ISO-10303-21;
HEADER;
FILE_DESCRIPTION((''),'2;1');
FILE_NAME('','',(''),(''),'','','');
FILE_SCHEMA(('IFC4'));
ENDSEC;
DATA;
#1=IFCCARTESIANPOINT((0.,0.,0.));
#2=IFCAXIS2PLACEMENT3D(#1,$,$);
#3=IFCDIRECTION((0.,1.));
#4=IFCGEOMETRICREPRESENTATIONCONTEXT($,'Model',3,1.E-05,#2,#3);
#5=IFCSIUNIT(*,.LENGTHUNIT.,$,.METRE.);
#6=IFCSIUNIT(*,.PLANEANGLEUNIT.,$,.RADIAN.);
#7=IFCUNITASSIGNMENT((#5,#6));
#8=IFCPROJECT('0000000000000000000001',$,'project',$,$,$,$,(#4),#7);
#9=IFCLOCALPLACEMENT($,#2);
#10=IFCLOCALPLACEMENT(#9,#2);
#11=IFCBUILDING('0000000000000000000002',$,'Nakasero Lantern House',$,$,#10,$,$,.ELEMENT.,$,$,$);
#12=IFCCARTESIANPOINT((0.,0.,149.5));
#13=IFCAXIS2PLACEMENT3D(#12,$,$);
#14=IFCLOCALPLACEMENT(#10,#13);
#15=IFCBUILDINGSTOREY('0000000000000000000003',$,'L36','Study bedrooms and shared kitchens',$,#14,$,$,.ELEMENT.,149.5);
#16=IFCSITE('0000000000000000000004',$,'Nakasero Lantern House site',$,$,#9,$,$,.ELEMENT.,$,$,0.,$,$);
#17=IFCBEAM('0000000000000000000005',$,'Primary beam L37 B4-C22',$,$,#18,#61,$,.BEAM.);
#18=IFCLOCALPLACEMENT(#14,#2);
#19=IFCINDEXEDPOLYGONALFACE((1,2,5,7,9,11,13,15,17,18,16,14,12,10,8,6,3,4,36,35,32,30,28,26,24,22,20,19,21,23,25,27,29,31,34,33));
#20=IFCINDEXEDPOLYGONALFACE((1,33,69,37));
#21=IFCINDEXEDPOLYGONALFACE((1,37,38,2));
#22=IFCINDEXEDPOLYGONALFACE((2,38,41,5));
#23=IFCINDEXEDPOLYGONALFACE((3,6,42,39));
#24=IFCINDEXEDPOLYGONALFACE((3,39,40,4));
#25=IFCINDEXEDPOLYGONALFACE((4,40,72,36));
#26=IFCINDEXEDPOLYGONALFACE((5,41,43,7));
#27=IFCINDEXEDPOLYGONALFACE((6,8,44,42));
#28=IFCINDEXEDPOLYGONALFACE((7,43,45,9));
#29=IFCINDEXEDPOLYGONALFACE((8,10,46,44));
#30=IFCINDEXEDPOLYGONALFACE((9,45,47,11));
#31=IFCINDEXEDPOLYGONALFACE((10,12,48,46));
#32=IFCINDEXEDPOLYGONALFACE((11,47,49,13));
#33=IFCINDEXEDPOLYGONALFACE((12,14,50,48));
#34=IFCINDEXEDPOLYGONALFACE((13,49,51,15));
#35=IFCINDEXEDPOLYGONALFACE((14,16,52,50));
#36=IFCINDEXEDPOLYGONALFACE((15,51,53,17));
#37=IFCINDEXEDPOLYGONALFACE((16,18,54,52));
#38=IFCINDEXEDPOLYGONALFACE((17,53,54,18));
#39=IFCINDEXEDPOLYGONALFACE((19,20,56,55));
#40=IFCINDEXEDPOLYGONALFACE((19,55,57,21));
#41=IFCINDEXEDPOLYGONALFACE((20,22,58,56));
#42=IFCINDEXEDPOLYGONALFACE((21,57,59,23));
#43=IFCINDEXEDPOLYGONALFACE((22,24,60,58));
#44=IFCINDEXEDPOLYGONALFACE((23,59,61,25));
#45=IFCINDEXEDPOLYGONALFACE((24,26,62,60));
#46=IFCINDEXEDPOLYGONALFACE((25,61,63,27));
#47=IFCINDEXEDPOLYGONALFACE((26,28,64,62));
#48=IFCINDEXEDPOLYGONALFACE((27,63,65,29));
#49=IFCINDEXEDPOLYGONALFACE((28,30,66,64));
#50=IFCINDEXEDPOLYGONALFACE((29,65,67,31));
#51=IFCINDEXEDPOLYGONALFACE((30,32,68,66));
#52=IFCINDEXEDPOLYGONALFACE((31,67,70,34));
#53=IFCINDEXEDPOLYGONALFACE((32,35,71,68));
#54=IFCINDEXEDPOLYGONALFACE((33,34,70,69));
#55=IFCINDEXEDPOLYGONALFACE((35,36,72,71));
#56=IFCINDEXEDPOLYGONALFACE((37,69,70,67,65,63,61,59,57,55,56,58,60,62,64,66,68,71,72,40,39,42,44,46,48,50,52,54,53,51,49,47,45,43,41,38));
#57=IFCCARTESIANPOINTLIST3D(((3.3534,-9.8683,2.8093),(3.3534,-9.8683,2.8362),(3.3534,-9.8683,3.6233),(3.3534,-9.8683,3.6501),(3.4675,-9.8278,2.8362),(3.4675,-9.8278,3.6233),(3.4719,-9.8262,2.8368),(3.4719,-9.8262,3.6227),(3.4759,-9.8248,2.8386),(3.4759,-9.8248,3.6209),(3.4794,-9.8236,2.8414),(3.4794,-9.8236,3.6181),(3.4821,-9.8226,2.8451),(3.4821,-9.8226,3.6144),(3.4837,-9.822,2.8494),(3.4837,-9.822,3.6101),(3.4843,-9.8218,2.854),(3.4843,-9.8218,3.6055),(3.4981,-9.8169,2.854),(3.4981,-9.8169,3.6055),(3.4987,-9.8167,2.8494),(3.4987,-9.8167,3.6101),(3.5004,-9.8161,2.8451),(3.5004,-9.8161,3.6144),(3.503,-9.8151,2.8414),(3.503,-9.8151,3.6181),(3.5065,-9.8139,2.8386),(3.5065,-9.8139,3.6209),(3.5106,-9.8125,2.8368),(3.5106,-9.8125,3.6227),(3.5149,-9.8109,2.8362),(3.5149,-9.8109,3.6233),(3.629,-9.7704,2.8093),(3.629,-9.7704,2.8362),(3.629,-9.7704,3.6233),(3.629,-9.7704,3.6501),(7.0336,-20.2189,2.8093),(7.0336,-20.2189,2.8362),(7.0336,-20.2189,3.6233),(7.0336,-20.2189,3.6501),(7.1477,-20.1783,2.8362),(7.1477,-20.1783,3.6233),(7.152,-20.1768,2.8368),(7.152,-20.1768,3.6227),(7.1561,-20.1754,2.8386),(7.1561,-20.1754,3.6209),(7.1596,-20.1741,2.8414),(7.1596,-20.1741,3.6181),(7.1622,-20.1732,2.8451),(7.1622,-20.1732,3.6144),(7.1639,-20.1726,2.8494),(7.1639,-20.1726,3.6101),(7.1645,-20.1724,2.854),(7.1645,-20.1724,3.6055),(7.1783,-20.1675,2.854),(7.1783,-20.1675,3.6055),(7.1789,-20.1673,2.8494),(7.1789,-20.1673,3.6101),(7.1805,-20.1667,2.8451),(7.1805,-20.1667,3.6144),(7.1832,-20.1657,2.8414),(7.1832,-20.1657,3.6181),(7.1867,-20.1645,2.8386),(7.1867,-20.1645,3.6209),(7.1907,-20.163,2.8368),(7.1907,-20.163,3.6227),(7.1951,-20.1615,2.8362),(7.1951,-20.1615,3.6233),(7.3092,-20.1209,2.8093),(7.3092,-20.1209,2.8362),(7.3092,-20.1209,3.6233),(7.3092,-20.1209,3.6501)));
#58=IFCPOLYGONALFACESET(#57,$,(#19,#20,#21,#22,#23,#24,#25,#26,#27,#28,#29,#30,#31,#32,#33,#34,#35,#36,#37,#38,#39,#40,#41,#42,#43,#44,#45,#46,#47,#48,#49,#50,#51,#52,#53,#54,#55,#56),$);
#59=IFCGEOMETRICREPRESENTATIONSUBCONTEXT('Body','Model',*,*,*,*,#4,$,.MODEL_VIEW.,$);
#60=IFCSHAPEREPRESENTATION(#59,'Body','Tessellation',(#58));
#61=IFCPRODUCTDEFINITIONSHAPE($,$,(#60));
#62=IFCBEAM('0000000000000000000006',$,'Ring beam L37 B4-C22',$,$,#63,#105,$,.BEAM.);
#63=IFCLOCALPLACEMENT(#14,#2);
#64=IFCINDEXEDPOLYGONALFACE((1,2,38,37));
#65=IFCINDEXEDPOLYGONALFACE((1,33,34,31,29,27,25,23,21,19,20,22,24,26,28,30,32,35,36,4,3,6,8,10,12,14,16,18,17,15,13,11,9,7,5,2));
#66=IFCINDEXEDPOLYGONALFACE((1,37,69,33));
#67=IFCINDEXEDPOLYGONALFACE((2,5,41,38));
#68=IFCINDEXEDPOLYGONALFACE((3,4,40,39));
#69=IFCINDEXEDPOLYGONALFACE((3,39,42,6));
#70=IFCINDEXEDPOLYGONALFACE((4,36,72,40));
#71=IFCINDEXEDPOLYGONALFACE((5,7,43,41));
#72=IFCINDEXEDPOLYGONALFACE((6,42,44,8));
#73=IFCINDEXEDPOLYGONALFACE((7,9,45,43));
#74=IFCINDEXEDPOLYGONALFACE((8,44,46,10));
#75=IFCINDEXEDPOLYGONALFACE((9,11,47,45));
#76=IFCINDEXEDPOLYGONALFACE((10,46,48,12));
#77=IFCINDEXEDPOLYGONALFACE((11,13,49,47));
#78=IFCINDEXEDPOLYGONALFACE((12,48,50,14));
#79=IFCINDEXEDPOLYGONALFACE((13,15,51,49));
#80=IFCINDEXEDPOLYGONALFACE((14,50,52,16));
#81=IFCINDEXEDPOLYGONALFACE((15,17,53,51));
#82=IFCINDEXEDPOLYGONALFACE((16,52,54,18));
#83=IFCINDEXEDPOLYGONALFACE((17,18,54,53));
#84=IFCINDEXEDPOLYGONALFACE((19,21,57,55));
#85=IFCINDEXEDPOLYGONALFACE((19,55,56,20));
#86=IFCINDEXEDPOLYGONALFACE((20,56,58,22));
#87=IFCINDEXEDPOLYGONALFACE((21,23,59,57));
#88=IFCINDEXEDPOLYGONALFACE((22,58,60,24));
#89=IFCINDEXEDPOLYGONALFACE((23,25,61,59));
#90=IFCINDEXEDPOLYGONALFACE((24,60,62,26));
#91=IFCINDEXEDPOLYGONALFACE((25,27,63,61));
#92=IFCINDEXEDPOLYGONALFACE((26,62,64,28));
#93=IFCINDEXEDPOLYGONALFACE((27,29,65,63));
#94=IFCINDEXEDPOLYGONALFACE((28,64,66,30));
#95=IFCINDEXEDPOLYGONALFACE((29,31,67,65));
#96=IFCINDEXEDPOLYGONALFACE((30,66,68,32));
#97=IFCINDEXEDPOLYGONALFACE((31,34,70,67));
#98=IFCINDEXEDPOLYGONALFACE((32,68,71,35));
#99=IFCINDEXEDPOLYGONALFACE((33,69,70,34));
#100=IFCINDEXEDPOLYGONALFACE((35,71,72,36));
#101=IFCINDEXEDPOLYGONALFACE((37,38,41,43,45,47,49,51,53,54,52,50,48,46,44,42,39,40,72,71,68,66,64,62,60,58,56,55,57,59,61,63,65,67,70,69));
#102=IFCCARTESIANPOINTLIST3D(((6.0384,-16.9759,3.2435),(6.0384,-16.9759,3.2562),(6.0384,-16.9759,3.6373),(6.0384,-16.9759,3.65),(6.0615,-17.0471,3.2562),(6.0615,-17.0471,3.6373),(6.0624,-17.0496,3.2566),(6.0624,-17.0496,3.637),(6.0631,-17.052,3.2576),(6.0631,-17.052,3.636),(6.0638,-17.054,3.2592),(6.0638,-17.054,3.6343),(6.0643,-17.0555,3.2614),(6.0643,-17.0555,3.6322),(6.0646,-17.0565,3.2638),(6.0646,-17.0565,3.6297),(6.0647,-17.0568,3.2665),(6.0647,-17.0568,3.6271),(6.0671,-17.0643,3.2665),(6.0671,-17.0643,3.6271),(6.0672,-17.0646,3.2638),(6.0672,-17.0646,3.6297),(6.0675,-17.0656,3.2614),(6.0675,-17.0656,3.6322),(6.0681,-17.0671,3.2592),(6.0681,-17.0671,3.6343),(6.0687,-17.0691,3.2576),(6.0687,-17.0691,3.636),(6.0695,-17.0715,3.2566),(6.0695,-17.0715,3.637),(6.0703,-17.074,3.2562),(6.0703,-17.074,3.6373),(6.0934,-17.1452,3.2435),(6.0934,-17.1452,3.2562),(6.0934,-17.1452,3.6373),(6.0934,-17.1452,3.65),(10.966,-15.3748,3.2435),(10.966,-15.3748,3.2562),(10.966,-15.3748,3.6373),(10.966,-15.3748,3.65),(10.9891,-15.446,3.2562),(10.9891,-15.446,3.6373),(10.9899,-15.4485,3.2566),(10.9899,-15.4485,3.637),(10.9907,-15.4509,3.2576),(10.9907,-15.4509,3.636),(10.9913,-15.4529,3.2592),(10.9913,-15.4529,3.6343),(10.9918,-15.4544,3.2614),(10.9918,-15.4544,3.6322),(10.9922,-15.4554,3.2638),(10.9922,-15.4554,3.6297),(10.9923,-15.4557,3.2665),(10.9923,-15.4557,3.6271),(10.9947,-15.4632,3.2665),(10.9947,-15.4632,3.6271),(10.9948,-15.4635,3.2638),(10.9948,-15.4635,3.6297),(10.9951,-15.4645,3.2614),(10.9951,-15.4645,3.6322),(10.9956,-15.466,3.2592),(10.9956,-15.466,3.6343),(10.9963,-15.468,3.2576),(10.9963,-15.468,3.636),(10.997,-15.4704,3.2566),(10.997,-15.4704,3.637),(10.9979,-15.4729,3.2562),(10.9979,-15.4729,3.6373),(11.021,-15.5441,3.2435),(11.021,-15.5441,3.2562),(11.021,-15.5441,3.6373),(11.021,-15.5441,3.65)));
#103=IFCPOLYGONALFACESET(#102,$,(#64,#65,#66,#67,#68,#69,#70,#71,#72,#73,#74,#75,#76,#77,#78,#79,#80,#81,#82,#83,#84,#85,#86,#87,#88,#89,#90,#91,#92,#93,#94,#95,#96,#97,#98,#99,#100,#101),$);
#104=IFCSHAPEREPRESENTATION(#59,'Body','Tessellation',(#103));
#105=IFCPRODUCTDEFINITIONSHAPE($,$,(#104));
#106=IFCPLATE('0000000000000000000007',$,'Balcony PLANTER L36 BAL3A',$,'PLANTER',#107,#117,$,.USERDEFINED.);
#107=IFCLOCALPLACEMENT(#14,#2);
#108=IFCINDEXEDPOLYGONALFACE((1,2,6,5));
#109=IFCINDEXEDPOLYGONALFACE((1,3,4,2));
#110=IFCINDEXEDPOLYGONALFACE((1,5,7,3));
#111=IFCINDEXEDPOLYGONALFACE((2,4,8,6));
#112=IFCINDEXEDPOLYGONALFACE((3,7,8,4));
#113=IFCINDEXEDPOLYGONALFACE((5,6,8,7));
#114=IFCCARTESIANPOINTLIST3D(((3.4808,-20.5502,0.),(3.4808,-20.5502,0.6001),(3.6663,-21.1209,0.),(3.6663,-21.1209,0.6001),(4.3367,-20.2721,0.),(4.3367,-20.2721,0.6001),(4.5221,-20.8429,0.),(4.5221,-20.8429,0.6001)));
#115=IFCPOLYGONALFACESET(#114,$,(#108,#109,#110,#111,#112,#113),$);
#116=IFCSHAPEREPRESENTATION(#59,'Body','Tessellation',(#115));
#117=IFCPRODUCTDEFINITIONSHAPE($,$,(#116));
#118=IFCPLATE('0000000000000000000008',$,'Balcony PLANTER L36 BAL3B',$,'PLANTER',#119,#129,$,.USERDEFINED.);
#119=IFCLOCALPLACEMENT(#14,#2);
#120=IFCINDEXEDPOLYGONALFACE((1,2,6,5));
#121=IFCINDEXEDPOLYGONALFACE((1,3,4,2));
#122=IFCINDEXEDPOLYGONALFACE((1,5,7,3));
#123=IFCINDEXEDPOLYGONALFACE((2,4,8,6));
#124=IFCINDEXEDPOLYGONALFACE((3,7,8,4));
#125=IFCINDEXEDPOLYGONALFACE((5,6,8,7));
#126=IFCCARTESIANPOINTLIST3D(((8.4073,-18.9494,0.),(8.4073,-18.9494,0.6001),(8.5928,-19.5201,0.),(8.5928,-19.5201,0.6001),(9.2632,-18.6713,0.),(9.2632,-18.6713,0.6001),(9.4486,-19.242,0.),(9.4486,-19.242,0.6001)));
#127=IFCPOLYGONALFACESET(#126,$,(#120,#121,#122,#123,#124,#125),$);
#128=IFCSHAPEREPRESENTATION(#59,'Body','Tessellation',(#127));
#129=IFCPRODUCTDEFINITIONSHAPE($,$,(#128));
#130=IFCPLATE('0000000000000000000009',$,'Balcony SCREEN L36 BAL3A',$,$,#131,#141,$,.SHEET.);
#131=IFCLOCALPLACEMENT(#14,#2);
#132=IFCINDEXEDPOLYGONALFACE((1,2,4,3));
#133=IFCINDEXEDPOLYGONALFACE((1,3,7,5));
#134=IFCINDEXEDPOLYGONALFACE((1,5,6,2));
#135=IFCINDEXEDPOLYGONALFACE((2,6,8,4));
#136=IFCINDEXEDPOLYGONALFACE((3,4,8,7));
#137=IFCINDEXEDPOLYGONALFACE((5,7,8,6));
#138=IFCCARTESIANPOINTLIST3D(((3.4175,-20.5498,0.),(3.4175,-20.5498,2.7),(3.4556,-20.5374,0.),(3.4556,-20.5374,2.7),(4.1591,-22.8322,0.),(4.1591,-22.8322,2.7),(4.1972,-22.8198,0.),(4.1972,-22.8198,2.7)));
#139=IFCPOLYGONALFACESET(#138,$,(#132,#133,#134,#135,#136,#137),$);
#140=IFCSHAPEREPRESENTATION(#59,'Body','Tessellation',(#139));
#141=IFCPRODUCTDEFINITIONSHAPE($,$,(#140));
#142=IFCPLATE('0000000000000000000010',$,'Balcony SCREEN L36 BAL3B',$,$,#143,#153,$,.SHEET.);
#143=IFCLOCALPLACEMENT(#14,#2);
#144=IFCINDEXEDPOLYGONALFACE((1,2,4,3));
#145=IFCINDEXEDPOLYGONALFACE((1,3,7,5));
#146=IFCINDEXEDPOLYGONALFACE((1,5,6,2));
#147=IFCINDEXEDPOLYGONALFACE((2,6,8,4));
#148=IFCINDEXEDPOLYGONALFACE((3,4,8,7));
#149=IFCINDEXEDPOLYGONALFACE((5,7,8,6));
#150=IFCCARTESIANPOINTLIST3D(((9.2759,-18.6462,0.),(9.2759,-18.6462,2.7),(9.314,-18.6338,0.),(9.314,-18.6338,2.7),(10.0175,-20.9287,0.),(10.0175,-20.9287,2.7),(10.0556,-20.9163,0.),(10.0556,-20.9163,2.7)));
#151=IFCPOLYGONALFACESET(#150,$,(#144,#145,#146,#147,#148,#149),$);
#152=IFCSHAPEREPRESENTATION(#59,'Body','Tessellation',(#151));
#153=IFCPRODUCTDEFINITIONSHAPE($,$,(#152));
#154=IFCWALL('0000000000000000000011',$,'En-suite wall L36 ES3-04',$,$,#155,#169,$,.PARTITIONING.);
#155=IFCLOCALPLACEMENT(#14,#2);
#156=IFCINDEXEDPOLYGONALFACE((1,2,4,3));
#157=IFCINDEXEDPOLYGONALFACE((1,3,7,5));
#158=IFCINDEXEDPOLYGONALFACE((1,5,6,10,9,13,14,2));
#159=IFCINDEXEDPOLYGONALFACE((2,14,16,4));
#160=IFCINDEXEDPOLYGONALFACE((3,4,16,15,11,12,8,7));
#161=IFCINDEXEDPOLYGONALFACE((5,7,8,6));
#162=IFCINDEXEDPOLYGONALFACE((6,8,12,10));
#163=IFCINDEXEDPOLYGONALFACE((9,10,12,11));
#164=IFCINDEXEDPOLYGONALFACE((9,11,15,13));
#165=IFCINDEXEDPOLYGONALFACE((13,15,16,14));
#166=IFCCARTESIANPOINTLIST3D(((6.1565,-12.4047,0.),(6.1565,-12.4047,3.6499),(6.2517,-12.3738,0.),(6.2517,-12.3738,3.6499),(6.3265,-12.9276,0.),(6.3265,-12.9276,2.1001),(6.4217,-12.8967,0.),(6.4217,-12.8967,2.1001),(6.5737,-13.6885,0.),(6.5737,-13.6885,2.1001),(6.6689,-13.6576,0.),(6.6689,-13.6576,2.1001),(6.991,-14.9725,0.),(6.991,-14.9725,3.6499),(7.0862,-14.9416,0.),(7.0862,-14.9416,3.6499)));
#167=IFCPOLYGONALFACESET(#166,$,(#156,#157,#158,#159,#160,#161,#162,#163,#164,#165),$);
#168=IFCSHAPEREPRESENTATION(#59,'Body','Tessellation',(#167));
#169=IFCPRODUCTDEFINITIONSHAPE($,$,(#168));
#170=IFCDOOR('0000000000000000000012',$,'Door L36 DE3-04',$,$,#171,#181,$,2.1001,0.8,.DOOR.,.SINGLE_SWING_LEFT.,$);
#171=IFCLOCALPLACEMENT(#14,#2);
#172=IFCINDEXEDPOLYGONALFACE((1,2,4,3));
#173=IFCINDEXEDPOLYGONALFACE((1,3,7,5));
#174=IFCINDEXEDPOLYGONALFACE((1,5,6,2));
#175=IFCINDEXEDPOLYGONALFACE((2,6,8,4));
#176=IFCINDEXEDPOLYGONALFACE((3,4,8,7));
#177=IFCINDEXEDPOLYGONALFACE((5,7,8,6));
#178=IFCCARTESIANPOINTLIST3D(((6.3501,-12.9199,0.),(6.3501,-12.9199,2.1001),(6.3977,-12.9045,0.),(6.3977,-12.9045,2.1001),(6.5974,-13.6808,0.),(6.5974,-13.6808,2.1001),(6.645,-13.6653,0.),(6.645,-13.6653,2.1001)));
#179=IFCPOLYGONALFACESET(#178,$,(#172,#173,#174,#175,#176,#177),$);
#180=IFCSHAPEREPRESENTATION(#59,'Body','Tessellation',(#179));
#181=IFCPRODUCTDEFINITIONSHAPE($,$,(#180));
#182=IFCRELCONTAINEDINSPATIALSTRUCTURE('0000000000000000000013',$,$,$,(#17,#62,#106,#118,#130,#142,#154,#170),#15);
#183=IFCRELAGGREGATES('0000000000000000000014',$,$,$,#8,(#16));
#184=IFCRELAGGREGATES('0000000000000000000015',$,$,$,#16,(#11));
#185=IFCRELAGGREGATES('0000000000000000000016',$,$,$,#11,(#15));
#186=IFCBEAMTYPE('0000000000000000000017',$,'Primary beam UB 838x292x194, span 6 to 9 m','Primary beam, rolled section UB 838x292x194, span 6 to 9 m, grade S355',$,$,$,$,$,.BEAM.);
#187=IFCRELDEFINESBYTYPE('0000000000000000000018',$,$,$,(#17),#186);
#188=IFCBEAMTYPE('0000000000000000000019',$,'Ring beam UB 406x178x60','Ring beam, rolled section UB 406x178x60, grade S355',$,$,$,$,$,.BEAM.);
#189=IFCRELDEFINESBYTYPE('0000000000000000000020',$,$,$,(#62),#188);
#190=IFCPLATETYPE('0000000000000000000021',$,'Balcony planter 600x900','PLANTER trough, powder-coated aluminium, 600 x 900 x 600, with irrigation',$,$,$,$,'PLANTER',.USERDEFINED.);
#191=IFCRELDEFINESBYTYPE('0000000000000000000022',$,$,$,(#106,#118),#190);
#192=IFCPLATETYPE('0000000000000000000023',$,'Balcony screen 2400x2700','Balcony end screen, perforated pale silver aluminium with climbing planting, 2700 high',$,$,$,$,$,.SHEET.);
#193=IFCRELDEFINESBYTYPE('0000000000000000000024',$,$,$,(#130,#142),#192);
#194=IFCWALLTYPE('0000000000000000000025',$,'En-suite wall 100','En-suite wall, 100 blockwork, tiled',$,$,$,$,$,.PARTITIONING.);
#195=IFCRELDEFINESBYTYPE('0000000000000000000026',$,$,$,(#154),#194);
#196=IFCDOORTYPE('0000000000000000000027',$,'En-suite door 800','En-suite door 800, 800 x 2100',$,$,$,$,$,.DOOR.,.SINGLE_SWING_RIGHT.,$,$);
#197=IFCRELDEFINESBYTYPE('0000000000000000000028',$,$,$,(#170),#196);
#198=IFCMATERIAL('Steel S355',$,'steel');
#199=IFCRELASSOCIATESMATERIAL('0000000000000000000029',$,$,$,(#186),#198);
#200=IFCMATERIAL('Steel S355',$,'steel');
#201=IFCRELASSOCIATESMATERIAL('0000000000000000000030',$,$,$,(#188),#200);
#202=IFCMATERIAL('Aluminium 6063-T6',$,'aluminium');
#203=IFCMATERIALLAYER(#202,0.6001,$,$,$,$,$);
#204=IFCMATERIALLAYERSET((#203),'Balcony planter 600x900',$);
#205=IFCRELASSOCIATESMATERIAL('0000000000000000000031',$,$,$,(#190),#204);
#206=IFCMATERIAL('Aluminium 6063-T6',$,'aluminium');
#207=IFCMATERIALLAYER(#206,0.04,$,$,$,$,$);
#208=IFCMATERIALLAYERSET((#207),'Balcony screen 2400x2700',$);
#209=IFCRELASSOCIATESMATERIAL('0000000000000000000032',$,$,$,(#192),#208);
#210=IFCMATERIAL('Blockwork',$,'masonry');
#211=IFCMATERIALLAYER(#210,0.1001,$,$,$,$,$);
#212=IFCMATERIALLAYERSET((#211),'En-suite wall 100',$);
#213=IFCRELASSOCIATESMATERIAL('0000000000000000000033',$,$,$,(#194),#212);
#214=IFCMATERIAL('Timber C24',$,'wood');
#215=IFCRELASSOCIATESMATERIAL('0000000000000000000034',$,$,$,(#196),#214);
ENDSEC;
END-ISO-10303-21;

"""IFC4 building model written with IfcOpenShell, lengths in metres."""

from ifc_helpers import new_model, si_unit, direction, frame, frame_2d, origin, origin_2d, place, context, subcontext, project, spatial, rectangle, i_section, extrude, material, layer, layer_set, material_profile, profile_set, type_object, element, fill, save


model = new_model("IFC4")

# Units and contexts
model_context = context("Model", 3, precision=1e-05, world=origin(), true_north=direction((0.0, 1.0)))
body_context = subcontext(model_context, "Body", "Model", "MODEL_VIEW")
ifc_project = project(units=[si_unit("LENGTHUNIT", "METRE"), si_unit("PLANEANGLEUNIT", "RADIAN")], contexts=[model_context])

# Site, building, storey
site_placement = place(None, origin())
site = spatial("IfcSite", under=ifc_project, at=site_placement, Name="Nakasero Lantern House site", CompositionType="ELEMENT", RefElevation=0.0)
building_placement = place(site_placement, origin())
building = spatial("IfcBuilding", under=site, at=building_placement, Name="Nakasero Lantern House", CompositionType="ELEMENT")
storey_placement = place(building_placement, frame((0.0, 0.0, 149.5)))
storey = spatial("IfcBuildingStorey", under=building, at=storey_placement, Name="L36", Description="Study bedrooms and shared kitchens", CompositionType="ELEMENT", Elevation=149.5)

# Beams
ifc_material_1 = material(Name="Steel S355", Category="steel")
ifc_material_profile_1 = material_profile(ifc_material_1, i_section(OverallWidth=0.2925, OverallDepth=0.8408, WebThickness=0.0146, FlangeThickness=0.0269, FilletRadius=0.0178, at=origin_2d()), Name="UB 838x292x194")
ifc_profile_set_1 = profile_set([ifc_material_profile_1], Name="Steel S355")
beam_type_1 = type_object("IfcBeamType", Name="Primary beam UB 838x292x194, span 6 to 9 m", Description="Primary beam, rolled section UB 838x292x194, span 6 to 9 m, grade S355", PredefinedType="BEAM", material=ifc_profile_set_1)
beam_1_placement = place(storey_placement, frame((7.1714, -20.1699, 3.2297), z_axis=(-0.335007, 0.942216, 0.0), x_axis=(-0.942216, -0.335007, 0.0)))
element("IfcBeam", 1, at=beam_1_placement, inside=storey, type_object=beam_type_1, Name="Primary beam L37 B4-C22", PredefinedType="BEAM", context=body_context, shape_type="SweptSolid", body=[
    extrude(i_section(OverallWidth=0.2925, OverallDepth=0.8408, WebThickness=0.0146, FlangeThickness=0.0269, FilletRadius=0.0178, at=origin_2d()), origin(), (0.0, 0.0, 1.0), 10.9854),
])
ifc_material_2 = material(Name="Steel S355", Category="steel")
ifc_material_profile_2 = material_profile(ifc_material_2, i_section(OverallWidth=0.178, OverallDepth=0.4065, WebThickness=0.0078, FlangeThickness=0.0127, FilletRadius=0.0103, at=origin_2d()), Name="UB 406x178x60")
ifc_profile_set_2 = profile_set([ifc_material_profile_2], Name="Steel S355")
beam_type_2 = type_object("IfcBeamType", Name="Ring beam UB 406x178x60", Description="Ring beam, rolled section UB 406x178x60, grade S355", PredefinedType="BEAM", material=ifc_profile_set_2)
beam_2_placement = place(storey_placement, frame((6.0659, -17.0605, 3.4468), z_axis=(0.951054, 0.309023, 0.0), x_axis=(-0.309023, 0.951054, 0.0)))
element("IfcBeam", 2, at=beam_2_placement, inside=storey, type_object=beam_type_2, Name="Ring beam L37 B4-C22", PredefinedType="BEAM", context=body_context, shape_type="SweptSolid", body=[
    extrude(i_section(OverallWidth=0.178, OverallDepth=0.4065, WebThickness=0.0078, FlangeThickness=0.0127, FilletRadius=0.0103, at=origin_2d()), origin(), (0.0, 0.0, 1.0), 5.1812),
])

# Plates
ifc_material_3 = material(Name="Aluminium 6063-T6", Category="aluminium")
ifc_layer_1 = layer(ifc_material_3, 0.6001)
ifc_layer_set_1 = layer_set([ifc_layer_1], Name="Balcony planter 600x900")
plate_type_1 = type_object("IfcPlateType", Name="Balcony planter 600x900", Description="PLANTER trough, powder-coated aluminium, 600 x 900 x 600, with irrigation", ElementType="PLANTER", PredefinedType="USERDEFINED", material=ifc_layer_set_1)
for number, where, z_axis, x_axis, name in (
    (3, (4.0015, -20.6965, 0.0), (0.0, 0.0, 1.0), (0.309017, -0.951057, 0.0), "Balcony PLANTER L36 BAL3A"),
    (4, (8.928, -19.0957, 0.0), (0.0, 0.0, 1.0), (0.309017, -0.951057, 0.0), "Balcony PLANTER L36 BAL3B"),
):
    element("IfcPlate", number, at=place(storey_placement, frame(where, z_axis=z_axis, x_axis=x_axis)), inside=storey, type_object=plate_type_1, Name=name, ObjectType="PLANTER", PredefinedType="USERDEFINED", context=body_context, shape_type="SweptSolid", body=[
        extrude(rectangle(XDim=0.6001, YDim=0.8999, at=origin_2d()), origin(), (0.0, 0.0, 1.0), 0.6001),
    ])
ifc_material_4 = material(Name="Aluminium 6063-T6", Category="aluminium")
ifc_layer_2 = layer(ifc_material_4, 0.04)
ifc_layer_set_2 = layer_set([ifc_layer_2], Name="Balcony screen 2400x2700")
plate_type_2 = type_object("IfcPlateType", Name="Balcony screen 2400x2700", Description="Balcony end screen, perforated pale silver aluminium with climbing planting, 2700 high", PredefinedType="SHEET", material=ifc_layer_set_2)
for number, where, z_axis, x_axis, name in (
    (5, (3.8074, -21.6848, 0.0), (0.0, 0.0, 1.0), (0.309017, -0.951057, 0.0), "Balcony SCREEN L36 BAL3A"),
    (6, (9.6658, -19.7812, 0.0), (0.0, 0.0, 1.0), (0.309017, -0.951057, 0.0), "Balcony SCREEN L36 BAL3B"),
):
    element("IfcPlate", number, at=place(storey_placement, frame(where, z_axis=z_axis, x_axis=x_axis)), inside=storey, type_object=plate_type_2, Name=name, PredefinedType="SHEET", context=body_context, shape_type="SweptSolid", body=[
        extrude(rectangle(XDim=2.3999, YDim=0.04, at=origin_2d()), origin(), (0.0, 0.0, 1.0), 2.7),
    ])

# Wall, opening, door
ifc_material_5 = material(Name="Blockwork", Category="masonry")
ifc_layer_3 = layer(ifc_material_5, 0.1001)
ifc_layer_set_3 = layer_set([ifc_layer_3], Name="En-suite wall 100")
wall_type_1 = type_object("IfcWallType", Name="En-suite wall 100", Description="En-suite wall, 100 blockwork, tiled", PredefinedType="PARTITIONING", material=ifc_layer_set_3)
wall_1_placement = place(storey_placement, frame((6.2041, -12.3892, 0.0), z_axis=(0.0, 0.0, 1.0), x_axis=(0.309057, -0.951043, 0.0)))
wall_1 = element("IfcWall", 7, at=wall_1_placement, inside=storey, type_object=wall_type_1, Name="En-suite wall L36 ES3-04", PredefinedType="PARTITIONING", context=body_context, shape_type="SweptSolid", body=[
    extrude(rectangle(XDim=2.7, YDim=0.1001, at=frame_2d((1.3501, 0.0))), origin(), (0.0, 0.0, 1.0), 3.6499),
])
opening_1_placement = place(wall_1_placement, frame((0.55, 0.0, 0.0)))
opening_1 = element("IfcOpeningElement", 8, at=opening_1_placement, cuts=wall_1, PredefinedType="OPENING", context=body_context, shape_type="SweptSolid", body=[
    extrude(rectangle(XDim=0.8, YDim=2.1001, at=frame_2d((0.3999, 1.05))), frame((0.0, 0.0701, 0.0), z_axis=(0.0, -1.0, 0.0), x_axis=(1.0, 0.0, 0.0)), (0.0, 0.0, 1.0), 0.1401),
])
ifc_material_6 = material(Name="Timber C24", Category="wood")
door_type_1 = type_object("IfcDoorType", Name="En-suite door 800", Description="En-suite door 800, 800 x 2100", OperationType="SINGLE_SWING_RIGHT", PredefinedType="DOOR", material=ifc_material_6)
door_1_placement = place(opening_1_placement, origin())
door_1 = element("IfcDoor", 9, at=door_1_placement, inside=storey, type_object=door_type_1, Name="Door L36 DE3-04", OperationType="SINGLE_SWING_LEFT", OverallHeight=2.1001, OverallWidth=0.8, PredefinedType="DOOR", context=body_context, shape_type="SweptSolid", body=[
    extrude(rectangle(XDim=0.8, YDim=2.1001, at=frame_2d((0.3999, 1.05))), frame((0.0, 0.0249, 0.0), z_axis=(0.0, -1.0, 0.0), x_axis=(1.0, 0.0, 0.0)), (0.0, 0.0, 1.0), 0.05),
])
fill(opening_1, door_1)

save(model, "model.ifc")
